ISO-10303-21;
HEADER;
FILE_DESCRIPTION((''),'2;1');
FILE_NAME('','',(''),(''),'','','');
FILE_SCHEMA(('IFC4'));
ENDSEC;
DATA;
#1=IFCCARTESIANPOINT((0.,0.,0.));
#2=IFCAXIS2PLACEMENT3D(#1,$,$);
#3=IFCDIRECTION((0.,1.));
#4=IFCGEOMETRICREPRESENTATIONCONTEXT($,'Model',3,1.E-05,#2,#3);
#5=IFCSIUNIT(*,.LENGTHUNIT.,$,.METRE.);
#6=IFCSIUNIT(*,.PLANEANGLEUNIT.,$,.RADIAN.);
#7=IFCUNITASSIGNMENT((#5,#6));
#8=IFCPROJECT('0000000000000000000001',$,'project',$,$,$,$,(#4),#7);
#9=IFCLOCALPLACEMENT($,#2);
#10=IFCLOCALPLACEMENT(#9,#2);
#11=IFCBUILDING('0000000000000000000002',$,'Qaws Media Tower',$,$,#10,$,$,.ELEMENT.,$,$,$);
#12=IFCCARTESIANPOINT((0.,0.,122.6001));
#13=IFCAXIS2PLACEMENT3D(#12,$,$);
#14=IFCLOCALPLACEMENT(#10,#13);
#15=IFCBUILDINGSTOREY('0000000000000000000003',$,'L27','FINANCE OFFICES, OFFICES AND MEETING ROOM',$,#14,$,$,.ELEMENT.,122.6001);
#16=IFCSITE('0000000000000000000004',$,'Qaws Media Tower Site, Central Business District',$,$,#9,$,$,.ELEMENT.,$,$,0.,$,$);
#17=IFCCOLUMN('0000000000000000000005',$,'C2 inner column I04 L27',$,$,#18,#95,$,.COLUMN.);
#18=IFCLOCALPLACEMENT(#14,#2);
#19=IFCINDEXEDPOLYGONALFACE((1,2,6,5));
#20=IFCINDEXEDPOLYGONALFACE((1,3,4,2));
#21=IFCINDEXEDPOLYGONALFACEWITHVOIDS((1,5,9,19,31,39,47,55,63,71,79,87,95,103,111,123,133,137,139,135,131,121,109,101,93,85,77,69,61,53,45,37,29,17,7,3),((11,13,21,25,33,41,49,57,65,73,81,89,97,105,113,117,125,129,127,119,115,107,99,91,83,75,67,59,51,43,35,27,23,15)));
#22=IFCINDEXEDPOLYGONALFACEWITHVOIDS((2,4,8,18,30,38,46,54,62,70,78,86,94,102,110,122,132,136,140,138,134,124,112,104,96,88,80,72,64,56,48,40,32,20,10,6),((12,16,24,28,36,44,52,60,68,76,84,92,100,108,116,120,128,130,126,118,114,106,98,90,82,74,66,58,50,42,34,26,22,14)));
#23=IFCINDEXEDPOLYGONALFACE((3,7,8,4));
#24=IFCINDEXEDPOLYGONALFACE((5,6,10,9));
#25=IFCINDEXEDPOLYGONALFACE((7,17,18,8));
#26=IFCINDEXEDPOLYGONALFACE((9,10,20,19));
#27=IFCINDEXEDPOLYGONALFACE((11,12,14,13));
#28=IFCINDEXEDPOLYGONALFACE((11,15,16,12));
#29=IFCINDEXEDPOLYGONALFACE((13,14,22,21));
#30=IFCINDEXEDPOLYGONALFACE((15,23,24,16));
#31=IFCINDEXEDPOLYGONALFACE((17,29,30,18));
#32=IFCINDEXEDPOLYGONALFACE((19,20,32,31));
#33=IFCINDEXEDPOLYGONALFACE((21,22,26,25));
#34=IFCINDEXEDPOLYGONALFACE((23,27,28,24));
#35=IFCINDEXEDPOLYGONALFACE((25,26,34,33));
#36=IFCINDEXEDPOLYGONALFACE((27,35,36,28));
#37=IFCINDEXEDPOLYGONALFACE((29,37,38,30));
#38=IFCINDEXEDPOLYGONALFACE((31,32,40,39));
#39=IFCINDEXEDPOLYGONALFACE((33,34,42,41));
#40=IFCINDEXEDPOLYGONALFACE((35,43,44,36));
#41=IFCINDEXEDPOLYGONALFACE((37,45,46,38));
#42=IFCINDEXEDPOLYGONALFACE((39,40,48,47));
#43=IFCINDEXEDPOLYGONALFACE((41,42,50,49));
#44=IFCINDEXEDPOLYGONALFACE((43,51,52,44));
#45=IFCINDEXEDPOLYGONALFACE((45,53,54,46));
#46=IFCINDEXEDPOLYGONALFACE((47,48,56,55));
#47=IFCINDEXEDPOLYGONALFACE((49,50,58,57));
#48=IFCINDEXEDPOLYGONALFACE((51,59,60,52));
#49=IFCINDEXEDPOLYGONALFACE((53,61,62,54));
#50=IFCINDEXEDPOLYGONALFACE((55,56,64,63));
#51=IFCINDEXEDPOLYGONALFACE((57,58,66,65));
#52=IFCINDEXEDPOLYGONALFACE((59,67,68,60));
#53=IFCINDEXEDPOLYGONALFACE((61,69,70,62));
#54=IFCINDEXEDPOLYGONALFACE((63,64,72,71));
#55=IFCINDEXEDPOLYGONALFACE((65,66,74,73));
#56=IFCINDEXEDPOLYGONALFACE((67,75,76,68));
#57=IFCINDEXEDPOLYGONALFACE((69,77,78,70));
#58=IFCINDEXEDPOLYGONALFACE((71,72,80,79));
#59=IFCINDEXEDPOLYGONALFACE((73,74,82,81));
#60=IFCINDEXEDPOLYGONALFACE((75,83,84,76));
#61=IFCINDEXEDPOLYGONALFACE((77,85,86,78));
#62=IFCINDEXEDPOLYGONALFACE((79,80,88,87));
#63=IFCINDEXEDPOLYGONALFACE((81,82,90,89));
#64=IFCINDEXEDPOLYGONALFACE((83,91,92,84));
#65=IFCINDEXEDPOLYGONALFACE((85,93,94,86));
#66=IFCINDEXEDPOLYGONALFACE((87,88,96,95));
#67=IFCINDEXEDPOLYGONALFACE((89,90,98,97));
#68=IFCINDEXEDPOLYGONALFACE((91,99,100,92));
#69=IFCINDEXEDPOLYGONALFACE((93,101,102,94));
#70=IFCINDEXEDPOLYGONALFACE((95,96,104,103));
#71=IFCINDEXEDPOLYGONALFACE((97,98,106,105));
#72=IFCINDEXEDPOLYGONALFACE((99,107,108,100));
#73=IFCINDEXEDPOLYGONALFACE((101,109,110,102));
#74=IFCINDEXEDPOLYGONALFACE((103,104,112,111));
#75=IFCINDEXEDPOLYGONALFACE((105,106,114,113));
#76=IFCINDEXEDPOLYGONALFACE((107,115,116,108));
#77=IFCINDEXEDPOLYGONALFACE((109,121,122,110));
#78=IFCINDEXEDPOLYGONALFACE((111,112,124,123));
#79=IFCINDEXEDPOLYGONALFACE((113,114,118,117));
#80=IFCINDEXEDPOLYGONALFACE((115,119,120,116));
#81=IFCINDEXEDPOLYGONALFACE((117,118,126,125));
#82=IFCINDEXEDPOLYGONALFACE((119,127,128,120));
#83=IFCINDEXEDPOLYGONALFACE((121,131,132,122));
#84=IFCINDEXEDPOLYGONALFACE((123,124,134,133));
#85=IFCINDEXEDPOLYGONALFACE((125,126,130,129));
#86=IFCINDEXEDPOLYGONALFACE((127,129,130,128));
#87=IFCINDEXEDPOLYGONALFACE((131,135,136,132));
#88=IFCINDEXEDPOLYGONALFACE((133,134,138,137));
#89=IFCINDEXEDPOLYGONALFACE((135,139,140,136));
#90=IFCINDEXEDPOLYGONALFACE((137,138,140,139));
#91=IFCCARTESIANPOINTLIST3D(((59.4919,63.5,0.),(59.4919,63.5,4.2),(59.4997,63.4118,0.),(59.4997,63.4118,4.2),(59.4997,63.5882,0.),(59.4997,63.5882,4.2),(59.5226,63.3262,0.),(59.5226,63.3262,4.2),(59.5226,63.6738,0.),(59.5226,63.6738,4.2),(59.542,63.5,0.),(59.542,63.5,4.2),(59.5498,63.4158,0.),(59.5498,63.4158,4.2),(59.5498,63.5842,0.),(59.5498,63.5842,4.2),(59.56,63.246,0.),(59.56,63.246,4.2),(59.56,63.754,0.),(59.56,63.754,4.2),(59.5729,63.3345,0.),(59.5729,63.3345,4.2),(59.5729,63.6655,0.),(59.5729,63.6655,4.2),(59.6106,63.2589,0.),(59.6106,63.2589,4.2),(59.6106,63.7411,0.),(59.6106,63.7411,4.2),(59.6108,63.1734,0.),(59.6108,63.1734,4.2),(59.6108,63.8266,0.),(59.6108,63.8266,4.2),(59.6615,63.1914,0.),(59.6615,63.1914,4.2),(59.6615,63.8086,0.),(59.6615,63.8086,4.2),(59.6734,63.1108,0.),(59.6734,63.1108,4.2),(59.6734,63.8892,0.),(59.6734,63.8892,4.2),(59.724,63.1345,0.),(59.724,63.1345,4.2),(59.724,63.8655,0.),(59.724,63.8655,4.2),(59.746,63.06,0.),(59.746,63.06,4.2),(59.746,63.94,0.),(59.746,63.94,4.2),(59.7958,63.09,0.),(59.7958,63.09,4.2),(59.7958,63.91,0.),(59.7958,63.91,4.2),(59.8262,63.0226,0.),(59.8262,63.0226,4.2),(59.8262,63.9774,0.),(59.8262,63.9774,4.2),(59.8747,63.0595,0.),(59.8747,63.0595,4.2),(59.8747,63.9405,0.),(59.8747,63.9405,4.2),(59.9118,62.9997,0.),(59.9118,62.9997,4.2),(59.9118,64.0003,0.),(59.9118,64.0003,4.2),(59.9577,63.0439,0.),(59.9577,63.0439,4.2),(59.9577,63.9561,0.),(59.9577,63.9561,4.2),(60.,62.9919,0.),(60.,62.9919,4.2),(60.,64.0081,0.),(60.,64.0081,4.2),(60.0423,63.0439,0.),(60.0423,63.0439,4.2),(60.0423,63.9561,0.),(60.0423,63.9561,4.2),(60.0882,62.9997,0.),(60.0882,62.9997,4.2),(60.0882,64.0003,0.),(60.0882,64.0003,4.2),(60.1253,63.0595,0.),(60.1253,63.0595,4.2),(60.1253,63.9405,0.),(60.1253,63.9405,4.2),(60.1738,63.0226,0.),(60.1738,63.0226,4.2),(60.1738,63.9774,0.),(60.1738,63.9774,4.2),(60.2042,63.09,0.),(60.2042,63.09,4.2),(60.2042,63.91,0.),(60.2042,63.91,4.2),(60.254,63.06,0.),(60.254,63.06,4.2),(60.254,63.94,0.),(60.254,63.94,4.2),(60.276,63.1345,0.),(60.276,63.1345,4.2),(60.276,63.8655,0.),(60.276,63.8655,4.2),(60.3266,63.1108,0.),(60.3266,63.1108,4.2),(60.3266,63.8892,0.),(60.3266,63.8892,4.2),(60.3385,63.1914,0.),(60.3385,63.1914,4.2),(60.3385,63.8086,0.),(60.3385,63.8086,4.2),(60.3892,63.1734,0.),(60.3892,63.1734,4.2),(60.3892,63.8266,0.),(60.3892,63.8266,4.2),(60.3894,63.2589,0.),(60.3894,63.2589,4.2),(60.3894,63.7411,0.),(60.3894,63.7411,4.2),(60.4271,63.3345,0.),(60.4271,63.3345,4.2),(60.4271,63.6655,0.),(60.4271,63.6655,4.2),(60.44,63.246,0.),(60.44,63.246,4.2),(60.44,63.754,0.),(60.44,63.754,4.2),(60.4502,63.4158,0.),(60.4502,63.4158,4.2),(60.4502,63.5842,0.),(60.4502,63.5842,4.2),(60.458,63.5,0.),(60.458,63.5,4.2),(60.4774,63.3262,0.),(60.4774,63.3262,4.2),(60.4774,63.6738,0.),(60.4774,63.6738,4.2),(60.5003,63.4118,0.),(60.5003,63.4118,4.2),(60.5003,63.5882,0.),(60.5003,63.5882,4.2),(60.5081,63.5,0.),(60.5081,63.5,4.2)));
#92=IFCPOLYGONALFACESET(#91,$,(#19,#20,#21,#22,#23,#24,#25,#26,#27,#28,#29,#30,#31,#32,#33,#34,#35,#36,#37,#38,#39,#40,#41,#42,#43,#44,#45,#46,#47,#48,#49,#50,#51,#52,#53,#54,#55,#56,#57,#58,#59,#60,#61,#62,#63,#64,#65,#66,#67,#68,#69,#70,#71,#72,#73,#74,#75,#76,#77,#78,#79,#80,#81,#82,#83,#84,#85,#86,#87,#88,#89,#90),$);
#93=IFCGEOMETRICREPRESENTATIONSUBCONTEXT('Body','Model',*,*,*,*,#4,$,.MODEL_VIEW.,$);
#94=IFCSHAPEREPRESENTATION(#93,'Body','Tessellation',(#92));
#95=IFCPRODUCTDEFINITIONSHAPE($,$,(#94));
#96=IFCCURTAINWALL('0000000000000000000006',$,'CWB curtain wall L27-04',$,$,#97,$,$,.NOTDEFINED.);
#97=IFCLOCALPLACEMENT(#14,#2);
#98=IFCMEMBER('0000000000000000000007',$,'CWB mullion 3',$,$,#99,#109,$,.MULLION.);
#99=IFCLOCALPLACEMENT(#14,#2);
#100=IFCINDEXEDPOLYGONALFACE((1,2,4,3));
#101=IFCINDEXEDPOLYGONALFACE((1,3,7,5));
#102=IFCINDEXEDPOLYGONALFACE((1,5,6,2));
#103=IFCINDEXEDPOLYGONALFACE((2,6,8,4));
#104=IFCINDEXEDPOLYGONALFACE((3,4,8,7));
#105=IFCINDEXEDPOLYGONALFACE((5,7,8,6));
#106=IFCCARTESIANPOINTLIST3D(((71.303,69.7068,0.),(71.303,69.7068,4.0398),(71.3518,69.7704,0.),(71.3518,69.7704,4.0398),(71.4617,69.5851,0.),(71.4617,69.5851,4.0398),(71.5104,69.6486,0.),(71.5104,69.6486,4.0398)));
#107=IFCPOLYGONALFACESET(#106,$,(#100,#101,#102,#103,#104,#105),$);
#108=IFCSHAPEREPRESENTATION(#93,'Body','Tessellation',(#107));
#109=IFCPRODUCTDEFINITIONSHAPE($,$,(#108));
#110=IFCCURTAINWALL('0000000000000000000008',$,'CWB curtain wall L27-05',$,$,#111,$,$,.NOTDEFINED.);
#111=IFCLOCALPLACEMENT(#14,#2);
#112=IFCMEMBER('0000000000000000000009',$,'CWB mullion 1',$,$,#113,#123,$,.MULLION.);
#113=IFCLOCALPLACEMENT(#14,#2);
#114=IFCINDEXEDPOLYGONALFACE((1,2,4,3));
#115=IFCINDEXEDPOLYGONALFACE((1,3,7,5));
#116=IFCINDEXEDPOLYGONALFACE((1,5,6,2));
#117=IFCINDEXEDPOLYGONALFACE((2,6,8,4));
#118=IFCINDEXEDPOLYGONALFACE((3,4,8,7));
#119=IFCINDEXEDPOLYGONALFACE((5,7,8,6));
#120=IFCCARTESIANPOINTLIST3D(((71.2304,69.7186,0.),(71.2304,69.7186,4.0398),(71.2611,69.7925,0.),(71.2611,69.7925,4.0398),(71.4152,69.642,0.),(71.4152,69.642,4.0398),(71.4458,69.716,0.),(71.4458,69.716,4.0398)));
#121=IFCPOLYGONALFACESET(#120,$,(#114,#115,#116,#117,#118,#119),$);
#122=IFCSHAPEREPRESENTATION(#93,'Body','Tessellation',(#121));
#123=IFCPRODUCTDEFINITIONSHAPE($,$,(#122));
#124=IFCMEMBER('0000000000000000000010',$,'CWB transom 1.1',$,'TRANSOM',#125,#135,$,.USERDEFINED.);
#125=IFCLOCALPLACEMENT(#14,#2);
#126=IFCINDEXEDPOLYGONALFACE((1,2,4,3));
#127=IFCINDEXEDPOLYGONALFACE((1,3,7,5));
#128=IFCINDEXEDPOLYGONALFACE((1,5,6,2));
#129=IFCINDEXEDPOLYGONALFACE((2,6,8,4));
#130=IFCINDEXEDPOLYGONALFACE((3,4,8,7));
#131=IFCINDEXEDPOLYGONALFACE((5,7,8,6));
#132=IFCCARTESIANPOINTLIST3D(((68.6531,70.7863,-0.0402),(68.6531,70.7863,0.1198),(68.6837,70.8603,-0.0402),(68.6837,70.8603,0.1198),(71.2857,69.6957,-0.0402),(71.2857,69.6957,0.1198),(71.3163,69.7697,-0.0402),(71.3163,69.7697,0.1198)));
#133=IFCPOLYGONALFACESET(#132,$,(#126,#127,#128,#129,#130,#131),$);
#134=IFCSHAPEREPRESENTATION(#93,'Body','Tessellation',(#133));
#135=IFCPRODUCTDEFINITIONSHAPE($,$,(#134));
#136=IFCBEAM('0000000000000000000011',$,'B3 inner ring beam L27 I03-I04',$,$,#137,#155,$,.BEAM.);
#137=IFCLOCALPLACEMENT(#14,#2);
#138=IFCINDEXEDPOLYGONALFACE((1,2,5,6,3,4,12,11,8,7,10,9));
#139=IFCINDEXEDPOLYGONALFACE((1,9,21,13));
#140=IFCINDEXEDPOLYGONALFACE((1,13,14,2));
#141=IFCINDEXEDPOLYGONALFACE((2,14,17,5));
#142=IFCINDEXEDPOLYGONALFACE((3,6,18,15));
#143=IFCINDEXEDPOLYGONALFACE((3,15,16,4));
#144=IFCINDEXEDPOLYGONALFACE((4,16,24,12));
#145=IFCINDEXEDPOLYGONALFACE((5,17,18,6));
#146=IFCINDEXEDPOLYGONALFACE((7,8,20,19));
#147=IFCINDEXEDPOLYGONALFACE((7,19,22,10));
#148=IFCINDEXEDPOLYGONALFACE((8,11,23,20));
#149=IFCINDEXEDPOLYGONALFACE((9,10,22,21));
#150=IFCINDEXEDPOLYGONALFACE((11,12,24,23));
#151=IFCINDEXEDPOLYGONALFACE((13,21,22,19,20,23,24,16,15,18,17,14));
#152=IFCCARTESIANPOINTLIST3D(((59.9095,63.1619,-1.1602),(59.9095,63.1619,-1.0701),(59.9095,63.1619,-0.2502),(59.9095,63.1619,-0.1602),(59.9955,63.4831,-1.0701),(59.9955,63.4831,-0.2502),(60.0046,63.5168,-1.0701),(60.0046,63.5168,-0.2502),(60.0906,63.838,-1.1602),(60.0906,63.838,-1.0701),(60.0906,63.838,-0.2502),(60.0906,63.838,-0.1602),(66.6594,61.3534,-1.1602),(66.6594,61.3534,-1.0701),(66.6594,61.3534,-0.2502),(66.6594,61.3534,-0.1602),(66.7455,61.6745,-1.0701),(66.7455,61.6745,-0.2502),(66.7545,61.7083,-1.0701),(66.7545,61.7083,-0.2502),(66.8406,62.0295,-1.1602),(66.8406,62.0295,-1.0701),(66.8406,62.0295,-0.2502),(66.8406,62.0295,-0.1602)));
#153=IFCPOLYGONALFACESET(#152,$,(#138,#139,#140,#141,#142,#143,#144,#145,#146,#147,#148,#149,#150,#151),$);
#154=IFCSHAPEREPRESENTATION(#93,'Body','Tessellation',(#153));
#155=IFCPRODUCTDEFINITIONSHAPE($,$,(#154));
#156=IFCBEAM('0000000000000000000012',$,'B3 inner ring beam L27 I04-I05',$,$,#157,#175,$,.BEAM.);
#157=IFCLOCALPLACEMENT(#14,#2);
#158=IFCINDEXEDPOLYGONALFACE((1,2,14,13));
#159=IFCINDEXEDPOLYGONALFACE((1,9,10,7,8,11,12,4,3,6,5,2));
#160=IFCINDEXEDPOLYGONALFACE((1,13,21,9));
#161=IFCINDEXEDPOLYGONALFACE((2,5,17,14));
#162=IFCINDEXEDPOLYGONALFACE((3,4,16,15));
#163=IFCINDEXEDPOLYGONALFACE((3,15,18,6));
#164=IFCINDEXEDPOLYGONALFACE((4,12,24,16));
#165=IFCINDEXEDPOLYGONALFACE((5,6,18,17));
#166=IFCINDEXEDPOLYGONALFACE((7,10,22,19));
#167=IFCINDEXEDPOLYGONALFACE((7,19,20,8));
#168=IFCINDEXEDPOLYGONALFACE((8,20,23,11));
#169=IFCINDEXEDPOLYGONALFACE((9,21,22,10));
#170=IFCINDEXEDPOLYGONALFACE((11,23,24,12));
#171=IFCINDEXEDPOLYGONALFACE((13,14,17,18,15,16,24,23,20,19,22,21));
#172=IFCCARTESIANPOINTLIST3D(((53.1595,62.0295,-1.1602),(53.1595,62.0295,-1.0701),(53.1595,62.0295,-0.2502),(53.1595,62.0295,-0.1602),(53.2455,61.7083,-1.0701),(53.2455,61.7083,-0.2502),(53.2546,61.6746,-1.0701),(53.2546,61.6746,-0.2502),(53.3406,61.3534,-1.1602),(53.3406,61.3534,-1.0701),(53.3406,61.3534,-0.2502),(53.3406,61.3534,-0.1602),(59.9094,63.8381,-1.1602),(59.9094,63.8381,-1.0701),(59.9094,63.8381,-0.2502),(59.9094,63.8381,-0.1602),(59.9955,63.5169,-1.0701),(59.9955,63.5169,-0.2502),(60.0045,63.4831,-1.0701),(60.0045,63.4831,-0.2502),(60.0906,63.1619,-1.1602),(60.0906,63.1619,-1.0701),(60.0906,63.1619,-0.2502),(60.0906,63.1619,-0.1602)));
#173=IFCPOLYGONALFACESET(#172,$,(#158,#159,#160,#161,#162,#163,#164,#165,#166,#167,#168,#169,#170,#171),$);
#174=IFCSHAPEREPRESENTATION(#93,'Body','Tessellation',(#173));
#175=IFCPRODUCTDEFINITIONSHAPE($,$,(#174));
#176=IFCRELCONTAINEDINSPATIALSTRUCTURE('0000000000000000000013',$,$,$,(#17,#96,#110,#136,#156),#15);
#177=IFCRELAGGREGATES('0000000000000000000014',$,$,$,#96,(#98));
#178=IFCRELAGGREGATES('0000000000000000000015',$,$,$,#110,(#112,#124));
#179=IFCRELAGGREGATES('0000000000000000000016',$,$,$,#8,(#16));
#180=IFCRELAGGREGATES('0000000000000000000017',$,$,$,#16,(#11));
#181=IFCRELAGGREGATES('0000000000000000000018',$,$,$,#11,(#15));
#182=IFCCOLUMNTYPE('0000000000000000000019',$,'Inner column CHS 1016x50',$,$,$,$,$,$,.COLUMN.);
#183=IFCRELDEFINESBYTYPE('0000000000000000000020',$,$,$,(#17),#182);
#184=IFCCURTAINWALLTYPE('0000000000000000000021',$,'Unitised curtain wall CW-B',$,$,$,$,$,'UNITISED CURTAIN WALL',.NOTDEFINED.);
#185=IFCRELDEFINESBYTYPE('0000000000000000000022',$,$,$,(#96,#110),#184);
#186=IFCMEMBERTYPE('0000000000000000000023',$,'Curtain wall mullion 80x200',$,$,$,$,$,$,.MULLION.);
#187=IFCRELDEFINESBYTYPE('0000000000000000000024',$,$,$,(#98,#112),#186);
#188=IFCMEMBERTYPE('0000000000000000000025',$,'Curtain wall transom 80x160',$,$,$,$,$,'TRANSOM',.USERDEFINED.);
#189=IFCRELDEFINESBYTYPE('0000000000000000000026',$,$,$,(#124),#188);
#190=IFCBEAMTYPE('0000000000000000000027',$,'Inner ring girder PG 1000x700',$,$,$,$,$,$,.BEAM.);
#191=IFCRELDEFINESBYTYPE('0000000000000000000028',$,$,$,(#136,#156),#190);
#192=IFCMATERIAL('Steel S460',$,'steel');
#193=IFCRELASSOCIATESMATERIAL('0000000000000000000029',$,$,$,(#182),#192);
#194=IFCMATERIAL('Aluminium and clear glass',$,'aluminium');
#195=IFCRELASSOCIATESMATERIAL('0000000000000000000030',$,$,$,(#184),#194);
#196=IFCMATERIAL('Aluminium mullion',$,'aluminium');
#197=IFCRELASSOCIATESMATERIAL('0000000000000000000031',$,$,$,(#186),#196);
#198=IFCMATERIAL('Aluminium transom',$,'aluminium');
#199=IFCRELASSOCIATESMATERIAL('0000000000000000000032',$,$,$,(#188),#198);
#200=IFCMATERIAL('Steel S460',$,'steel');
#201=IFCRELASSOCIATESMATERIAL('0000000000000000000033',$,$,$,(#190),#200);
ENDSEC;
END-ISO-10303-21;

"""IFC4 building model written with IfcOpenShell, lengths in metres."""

from ifc_helpers import new_model, si_unit, direction, frame, origin, origin_2d, place, context, subcontext, project, spatial, rectangle, hollow_circle, i_section, extrude, material, material_profile, profile_set, type_object, element, aggregate, save


model = new_model("IFC4")

# Units and contexts
model_context = context("Model", 3, precision=1e-05, world=origin(), true_north=direction((0.0, 1.0)))
body_context = subcontext(model_context, "Body", "Model", "MODEL_VIEW")
ifc_project = project(units=[si_unit("LENGTHUNIT", "METRE"), si_unit("PLANEANGLEUNIT", "RADIAN")], contexts=[model_context])

# Site, building, storey
site_placement = place(None, origin())
site = spatial("IfcSite", under=ifc_project, at=site_placement, Name="Qaws Media Tower Site, Central Business District", CompositionType="ELEMENT", RefElevation=0.0)
building_placement = place(site_placement, origin())
building = spatial("IfcBuilding", under=site, at=building_placement, Name="Qaws Media Tower", CompositionType="ELEMENT")
storey_placement = place(building_placement, frame((0.0, 0.0, 122.6001)))
storey = spatial("IfcBuildingStorey", under=building, at=storey_placement, Name="L27", Description="FINANCE OFFICES, OFFICES AND MEETING ROOM", CompositionType="ELEMENT", Elevation=122.6001)

# Column
ifc_material_1 = material(Name="Steel S460", Category="steel")
ifc_material_profile_1 = material_profile(ifc_material_1, hollow_circle(Radius=0.5081, WallThickness=0.05, at=origin_2d()), Name="CHS 1016x50")
ifc_profile_set_1 = profile_set([ifc_material_profile_1], Name="Steel S460")
column_type = type_object("IfcColumnType", Name="Inner column CHS 1016x50", PredefinedType="COLUMN", material=ifc_profile_set_1)
for number, where, z_axis, x_axis, name in (
    (1, (60.0, 63.5, 0.0), (0.0, 0.0, 1.0), (1.0, 0.0, 0.0), "C2 inner column I04 L27"),
):
    element("IfcColumn", number, at=place(storey_placement, frame(where, z_axis=z_axis, x_axis=x_axis)), inside=storey, type_object=column_type, Name=name, PredefinedType="COLUMN", context=body_context, shape_type="SweptSolid", body=[
        extrude(hollow_circle(Radius=0.5081, WallThickness=0.05, at=origin_2d()), origin(), (0.0, 0.0, 1.0), 4.2),
    ])

# Curtain wall, member
ifc_material_2 = material(Name="Aluminium and clear glass", Category="aluminium")
curtain_wall_type = type_object("IfcCurtainWallType", Name="Unitised curtain wall CW-B", ElementType="UNITISED CURTAIN WALL", PredefinedType="NOTDEFINED", material=ifc_material_2)
curtain_wall_1_placement = place(storey_placement, origin())
curtain_wall_1 = element("IfcCurtainWall", 2, at=curtain_wall_1_placement, inside=storey, type_object=curtain_wall_type, Name="CWB curtain wall L27-04", PredefinedType="NOTDEFINED")
ifc_material_3 = material(Name="Aluminium mullion", Category="aluminium")
ifc_material_profile_2 = material_profile(ifc_material_3, rectangle(XDim=0.0801, YDim=0.2, at=origin_2d()), Name="80x200")
ifc_profile_set_2 = profile_set([ifc_material_profile_2], Name="Aluminium mullion")
member_type_1 = type_object("IfcMemberType", Name="Curtain wall mullion 80x200", PredefinedType="MULLION", material=ifc_profile_set_2)
member_1_placement = place(storey_placement, frame((71.4067, 69.6777, 0.0), z_axis=(0.0, 0.0, 1.0), x_axis=(-0.608761, -0.793353, 0.0)))
member_1 = element("IfcMember", 3, at=member_1_placement, type_object=member_type_1, Name="CWB mullion 3", PredefinedType="MULLION", context=body_context, shape_type="SweptSolid", body=[
    extrude(rectangle(XDim=0.0801, YDim=0.2, at=origin_2d()), origin(), (0.0, 0.0, 1.0), 4.0398),
])
aggregate(curtain_wall_1, [member_1])

# Curtain wall, members
curtain_wall_2_placement = place(storey_placement, origin())
curtain_wall_2 = element("IfcCurtainWall", 4, at=curtain_wall_2_placement, inside=storey, type_object=curtain_wall_type, Name="CWB curtain wall L27-05", PredefinedType="NOTDEFINED")
member_2_placement = place(storey_placement, frame((71.3381, 69.7173, 0.0), z_axis=(0.0, 0.0, 1.0), x_axis=(-0.382683, -0.92388, 0.0)))
member_2 = element("IfcMember", 5, at=member_2_placement, type_object=member_type_1, Name="CWB mullion 1", PredefinedType="MULLION", context=body_context, shape_type="SweptSolid", body=[
    extrude(rectangle(XDim=0.0801, YDim=0.2, at=origin_2d()), origin(), (0.0, 0.0, 1.0), 4.0398),
])
ifc_material_4 = material(Name="Aluminium transom", Category="aluminium")
ifc_material_profile_3 = material_profile(ifc_material_4, rectangle(XDim=0.0801, YDim=0.1599, at=origin_2d()), Name="80x160")
ifc_profile_set_3 = profile_set([ifc_material_profile_3], Name="Aluminium transom")
member_type_2 = type_object("IfcMemberType", Name="Curtain wall transom 80x160", ElementType="TRANSOM", PredefinedType="USERDEFINED", material=ifc_profile_set_3)
member_3_placement = place(storey_placement, frame((71.301, 69.7327, 0.0398), z_axis=(-0.923863, 0.382723, 0.0), x_axis=(-0.382723, -0.923863, 0.0)))
member_3 = element("IfcMember", 6, at=member_3_placement, type_object=member_type_2, Name="CWB transom 1.1", ObjectType="TRANSOM", PredefinedType="USERDEFINED", context=body_context, shape_type="SweptSolid", body=[
    extrude(rectangle(XDim=0.0801, YDim=0.1599, at=origin_2d()), origin(), (0.0, 0.0, 1.0), 2.8496),
])
aggregate(curtain_wall_2, [member_2, member_3])

# Beams
ifc_material_5 = material(Name="Steel S460", Category="steel")
ifc_material_profile_4 = material_profile(ifc_material_5, i_section(OverallWidth=0.7, OverallDepth=1.0, WebThickness=0.0349, FlangeThickness=0.0901, at=origin_2d()), Name="PG 1000x700")
ifc_profile_set_4 = profile_set([ifc_material_profile_4], Name="Steel S460")
beam_type_1 = type_object("IfcBeamType", Name="Inner ring girder PG 1000x700", PredefinedType="BEAM", material=ifc_profile_set_4)
for number, where, z_axis, x_axis, name in (
    (7, (66.75, 61.6914, -0.6602), (-0.965928, 0.258811, 0.0), (-0.258811, -0.965928, 0.0), "B3 inner ring beam L27 I03-I04"),
    (8, (60.0, 63.5, -0.6602), (-0.965928, -0.258811, 0.0), (0.258811, -0.965928, 0.0), "B3 inner ring beam L27 I04-I05"),
):
    element("IfcBeam", number, at=place(storey_placement, frame(where, z_axis=z_axis, x_axis=x_axis)), inside=storey, type_object=beam_type_1, Name=name, PredefinedType="BEAM", context=body_context, shape_type="SweptSolid", body=[
        extrude(i_section(OverallWidth=0.7, OverallDepth=1.0, WebThickness=0.0349, FlangeThickness=0.0901, at=origin_2d()), origin(), (0.0, 0.0, 1.0), 6.988),
    ])

save(model, "model.ifc")
